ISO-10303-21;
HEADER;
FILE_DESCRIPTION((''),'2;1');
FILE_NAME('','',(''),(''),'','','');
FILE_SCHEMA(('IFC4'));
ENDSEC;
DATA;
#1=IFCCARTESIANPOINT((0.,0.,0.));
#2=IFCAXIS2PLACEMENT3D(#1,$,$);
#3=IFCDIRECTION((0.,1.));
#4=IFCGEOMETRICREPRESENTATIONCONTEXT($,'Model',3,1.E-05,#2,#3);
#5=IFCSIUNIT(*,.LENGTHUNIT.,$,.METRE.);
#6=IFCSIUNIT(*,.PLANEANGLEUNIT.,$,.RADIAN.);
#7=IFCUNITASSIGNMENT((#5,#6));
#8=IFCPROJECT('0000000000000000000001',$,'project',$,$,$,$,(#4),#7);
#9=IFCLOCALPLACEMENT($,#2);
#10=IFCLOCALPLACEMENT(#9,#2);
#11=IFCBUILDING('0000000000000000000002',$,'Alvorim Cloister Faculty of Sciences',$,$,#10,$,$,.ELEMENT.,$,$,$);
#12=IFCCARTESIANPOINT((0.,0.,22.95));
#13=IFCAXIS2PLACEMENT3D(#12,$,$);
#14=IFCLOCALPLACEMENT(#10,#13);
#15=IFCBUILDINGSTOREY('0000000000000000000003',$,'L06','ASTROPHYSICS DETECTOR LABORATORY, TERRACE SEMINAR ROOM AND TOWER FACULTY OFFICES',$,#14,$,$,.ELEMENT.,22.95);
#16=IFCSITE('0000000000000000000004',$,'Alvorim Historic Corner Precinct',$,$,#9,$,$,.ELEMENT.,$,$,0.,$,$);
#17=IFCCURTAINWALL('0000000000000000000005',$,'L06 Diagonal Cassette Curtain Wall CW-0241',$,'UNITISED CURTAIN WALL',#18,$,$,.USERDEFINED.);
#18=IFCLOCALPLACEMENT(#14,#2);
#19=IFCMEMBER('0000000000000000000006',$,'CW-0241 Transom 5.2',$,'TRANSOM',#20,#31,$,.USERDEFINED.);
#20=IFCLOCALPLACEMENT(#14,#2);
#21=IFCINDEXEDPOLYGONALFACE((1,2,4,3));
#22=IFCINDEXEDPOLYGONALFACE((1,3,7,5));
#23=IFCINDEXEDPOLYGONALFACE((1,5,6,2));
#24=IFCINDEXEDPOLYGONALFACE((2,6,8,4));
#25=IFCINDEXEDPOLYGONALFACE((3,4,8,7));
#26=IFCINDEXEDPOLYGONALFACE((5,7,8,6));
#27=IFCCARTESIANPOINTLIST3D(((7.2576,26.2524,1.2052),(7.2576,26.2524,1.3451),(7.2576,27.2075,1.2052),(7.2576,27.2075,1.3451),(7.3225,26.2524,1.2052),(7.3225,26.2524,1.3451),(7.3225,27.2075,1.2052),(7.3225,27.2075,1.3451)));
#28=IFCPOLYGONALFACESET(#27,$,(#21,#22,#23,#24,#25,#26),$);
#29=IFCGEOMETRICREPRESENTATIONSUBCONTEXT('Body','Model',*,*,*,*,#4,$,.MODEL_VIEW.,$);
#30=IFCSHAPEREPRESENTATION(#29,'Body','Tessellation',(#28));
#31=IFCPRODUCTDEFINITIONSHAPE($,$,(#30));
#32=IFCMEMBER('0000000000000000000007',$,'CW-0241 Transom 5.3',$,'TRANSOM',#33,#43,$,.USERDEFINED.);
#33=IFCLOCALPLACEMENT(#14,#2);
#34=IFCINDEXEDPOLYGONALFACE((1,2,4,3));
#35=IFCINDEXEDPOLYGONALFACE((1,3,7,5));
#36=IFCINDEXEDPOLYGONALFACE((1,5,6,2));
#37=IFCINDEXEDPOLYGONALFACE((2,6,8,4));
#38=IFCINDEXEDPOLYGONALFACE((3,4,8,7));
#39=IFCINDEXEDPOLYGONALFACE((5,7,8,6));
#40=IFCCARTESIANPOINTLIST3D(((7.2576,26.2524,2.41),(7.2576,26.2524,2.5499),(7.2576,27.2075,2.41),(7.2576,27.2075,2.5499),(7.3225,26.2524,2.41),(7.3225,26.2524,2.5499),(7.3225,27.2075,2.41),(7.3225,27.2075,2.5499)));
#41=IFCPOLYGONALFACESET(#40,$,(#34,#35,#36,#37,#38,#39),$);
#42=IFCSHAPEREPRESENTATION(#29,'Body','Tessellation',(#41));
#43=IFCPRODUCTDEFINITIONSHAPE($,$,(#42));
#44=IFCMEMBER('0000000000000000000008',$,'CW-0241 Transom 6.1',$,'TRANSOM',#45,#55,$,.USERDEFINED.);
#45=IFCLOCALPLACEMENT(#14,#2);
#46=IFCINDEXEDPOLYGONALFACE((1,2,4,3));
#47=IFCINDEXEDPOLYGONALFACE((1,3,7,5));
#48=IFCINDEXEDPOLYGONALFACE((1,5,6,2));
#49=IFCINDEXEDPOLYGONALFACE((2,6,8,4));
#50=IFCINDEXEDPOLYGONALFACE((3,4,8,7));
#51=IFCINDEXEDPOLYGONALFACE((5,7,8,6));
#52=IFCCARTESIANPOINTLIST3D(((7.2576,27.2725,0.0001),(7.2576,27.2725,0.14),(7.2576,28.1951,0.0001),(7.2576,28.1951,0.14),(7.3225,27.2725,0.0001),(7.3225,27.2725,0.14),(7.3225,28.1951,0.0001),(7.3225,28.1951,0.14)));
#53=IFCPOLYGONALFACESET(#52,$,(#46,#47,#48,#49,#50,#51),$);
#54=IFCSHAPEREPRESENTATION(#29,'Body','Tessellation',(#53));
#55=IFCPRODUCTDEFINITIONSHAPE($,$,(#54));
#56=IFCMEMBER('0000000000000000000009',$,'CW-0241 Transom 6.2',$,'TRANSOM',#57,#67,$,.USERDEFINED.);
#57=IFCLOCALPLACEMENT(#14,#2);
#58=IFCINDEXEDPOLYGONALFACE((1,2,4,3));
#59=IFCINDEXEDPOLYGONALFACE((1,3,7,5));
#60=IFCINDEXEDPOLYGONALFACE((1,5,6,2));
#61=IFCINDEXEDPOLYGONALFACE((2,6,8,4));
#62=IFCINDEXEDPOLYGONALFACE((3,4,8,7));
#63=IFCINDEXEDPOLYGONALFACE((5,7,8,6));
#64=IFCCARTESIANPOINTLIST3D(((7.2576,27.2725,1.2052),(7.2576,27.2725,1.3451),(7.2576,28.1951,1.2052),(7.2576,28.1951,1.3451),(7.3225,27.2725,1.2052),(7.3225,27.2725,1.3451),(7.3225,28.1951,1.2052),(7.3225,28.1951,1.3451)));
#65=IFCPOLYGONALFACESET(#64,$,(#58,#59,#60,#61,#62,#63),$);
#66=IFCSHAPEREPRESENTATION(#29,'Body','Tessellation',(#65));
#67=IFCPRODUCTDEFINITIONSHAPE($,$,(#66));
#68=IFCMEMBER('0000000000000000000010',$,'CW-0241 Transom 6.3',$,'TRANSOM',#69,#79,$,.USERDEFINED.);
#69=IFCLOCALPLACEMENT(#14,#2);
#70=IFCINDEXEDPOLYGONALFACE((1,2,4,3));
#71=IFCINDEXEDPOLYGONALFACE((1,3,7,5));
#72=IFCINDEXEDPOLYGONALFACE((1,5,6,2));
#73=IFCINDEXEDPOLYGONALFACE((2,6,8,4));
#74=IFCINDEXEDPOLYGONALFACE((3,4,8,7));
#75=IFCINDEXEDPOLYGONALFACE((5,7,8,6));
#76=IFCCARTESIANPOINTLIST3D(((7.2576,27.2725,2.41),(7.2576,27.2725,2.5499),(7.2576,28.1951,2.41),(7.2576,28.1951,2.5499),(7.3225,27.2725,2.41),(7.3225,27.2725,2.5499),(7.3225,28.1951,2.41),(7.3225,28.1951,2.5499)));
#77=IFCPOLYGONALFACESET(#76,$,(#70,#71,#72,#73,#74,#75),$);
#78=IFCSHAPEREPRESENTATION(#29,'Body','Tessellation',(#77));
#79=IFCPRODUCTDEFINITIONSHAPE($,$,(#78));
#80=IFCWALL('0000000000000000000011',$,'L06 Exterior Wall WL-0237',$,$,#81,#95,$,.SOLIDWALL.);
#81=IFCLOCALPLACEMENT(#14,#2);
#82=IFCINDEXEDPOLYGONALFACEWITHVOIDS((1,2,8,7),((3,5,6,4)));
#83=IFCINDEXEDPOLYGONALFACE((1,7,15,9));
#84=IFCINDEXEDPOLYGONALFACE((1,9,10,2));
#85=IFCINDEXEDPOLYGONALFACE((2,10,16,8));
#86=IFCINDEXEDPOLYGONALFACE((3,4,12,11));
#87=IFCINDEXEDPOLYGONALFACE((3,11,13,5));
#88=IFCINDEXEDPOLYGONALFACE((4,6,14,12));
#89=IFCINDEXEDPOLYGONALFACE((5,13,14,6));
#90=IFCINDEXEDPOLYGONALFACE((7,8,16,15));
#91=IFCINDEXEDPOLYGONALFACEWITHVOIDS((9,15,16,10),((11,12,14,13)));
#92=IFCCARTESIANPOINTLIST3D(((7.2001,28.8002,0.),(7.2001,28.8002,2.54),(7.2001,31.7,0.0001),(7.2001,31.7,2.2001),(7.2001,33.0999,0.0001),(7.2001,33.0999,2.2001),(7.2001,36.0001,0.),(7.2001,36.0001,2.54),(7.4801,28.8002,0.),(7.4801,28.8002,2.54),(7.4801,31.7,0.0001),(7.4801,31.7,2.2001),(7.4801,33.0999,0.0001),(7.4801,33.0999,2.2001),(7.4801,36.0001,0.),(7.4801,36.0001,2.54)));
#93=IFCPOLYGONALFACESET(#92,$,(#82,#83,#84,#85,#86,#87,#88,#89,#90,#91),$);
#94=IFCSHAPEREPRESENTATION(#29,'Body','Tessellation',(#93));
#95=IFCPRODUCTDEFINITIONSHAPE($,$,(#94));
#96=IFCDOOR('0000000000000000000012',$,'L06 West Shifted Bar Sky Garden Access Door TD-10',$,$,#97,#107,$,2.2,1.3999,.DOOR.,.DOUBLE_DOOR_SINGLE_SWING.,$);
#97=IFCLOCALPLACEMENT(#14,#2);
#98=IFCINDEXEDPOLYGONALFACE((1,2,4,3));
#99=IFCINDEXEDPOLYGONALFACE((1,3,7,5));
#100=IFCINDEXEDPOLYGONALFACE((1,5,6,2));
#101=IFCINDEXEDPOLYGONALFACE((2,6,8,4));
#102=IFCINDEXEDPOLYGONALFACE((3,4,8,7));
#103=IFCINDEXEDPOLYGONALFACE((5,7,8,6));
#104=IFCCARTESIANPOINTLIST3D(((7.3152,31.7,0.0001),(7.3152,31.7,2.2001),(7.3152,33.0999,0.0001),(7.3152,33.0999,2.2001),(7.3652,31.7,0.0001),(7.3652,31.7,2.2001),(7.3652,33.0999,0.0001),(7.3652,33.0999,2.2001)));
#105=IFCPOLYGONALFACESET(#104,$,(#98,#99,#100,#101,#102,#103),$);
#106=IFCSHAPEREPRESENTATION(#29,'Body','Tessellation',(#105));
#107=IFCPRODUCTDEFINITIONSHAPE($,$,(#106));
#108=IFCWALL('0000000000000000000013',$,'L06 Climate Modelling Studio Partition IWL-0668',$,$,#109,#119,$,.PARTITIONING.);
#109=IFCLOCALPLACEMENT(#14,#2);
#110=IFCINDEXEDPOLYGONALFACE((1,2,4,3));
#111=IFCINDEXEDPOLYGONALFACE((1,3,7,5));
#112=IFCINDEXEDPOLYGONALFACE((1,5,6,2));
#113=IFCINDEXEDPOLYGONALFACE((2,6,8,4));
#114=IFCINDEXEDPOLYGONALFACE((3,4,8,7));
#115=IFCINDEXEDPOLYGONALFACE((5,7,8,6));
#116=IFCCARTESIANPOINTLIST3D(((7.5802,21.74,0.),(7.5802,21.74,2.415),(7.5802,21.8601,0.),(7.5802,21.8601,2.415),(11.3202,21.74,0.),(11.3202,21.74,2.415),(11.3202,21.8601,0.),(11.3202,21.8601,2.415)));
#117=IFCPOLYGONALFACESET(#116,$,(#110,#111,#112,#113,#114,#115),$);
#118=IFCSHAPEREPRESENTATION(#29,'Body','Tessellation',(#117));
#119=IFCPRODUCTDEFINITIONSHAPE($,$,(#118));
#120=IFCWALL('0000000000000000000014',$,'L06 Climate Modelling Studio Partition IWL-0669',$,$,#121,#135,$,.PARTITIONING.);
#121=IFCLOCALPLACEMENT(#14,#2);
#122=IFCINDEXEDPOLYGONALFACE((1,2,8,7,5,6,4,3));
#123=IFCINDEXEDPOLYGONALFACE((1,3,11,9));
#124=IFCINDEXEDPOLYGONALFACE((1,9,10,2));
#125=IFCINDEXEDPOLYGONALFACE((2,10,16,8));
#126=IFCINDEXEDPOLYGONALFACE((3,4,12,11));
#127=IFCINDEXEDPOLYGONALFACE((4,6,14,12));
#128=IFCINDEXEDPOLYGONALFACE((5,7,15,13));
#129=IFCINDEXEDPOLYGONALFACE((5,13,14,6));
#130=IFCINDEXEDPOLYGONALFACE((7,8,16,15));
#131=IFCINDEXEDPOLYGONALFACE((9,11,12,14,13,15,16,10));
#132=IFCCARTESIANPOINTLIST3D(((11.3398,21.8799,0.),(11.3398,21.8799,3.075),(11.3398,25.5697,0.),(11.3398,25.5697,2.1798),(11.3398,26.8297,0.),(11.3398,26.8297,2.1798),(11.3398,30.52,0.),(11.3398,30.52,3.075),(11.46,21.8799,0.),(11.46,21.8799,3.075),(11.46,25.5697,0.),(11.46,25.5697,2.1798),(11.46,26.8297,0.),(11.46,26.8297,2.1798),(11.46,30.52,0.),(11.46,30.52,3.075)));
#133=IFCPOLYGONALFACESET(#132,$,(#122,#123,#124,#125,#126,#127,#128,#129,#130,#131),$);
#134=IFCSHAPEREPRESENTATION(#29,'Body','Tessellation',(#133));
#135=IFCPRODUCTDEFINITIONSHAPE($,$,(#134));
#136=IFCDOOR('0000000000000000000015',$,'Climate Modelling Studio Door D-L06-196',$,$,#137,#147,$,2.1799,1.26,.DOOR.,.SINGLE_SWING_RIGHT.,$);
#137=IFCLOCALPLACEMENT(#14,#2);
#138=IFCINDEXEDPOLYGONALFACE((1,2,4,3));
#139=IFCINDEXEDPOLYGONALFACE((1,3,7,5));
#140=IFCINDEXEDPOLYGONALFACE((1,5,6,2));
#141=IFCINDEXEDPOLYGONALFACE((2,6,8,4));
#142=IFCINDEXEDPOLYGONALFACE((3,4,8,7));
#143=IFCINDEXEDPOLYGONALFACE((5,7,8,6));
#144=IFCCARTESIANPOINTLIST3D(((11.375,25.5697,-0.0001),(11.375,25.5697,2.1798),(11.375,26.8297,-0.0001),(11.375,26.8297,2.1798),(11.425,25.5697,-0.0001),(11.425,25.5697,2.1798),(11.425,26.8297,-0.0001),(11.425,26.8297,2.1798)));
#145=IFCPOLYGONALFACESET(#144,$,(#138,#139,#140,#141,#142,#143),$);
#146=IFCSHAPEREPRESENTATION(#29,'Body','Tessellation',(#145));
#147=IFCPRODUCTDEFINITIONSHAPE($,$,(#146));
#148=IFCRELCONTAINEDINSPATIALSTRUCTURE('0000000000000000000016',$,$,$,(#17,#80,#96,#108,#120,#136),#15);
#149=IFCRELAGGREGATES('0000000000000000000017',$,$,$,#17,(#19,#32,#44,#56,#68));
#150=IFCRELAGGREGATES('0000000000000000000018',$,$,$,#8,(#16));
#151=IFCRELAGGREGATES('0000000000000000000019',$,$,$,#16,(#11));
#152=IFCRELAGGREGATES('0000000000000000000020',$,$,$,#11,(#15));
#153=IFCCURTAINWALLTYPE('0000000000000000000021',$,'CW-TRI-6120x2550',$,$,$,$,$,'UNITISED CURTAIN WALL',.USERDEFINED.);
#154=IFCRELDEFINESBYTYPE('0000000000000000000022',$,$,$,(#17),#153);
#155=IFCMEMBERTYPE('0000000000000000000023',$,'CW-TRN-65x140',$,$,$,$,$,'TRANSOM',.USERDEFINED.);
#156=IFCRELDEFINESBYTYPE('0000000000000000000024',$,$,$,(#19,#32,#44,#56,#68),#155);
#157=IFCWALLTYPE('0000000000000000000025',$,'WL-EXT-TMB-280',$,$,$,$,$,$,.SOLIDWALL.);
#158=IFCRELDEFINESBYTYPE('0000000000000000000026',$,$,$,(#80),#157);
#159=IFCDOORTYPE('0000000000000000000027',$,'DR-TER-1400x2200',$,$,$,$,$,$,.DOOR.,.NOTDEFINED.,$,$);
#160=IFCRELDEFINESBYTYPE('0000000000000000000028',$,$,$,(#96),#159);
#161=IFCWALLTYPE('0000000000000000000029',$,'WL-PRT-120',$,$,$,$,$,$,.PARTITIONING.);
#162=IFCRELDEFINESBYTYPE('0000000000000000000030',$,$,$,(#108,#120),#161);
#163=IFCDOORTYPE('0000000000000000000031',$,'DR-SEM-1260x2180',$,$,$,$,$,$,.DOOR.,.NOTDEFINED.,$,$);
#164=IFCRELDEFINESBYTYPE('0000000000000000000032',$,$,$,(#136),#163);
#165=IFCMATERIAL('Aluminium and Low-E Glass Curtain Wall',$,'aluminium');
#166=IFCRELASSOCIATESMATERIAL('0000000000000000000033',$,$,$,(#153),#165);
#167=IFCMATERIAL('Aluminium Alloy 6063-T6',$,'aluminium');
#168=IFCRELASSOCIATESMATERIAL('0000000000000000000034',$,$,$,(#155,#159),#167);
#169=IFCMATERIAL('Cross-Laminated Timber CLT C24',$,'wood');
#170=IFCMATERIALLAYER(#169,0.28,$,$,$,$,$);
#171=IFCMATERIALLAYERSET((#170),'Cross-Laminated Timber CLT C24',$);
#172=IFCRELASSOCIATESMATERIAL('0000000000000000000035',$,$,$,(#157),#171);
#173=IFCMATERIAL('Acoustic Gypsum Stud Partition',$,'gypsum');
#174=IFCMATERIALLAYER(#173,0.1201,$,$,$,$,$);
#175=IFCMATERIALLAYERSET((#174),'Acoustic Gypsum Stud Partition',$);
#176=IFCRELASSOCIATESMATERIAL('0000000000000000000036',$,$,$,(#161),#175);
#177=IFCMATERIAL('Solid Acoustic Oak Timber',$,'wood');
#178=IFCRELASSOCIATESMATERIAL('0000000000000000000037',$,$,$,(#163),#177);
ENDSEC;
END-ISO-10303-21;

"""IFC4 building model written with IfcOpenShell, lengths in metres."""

from ifc_helpers import new_model, si_unit, direction, frame, frame_2d, origin, origin_2d, place, context, subcontext, project, spatial, rectangle, extrude, material, layer, layer_set, material_profile, profile_set, type_object, element, fill, aggregate, save


model = new_model("IFC4")

# Units and contexts
model_context = context("Model", 3, precision=1e-05, world=origin(), true_north=direction((0.0, 1.0)))
body_context = subcontext(model_context, "Body", "Model", "MODEL_VIEW")
ifc_project = project(units=[si_unit("LENGTHUNIT", "METRE"), si_unit("PLANEANGLEUNIT", "RADIAN")], contexts=[model_context])

# Site, building, storey
site_placement = place(None, origin())
site = spatial("IfcSite", under=ifc_project, at=site_placement, Name="Alvorim Historic Corner Precinct", CompositionType="ELEMENT", RefElevation=0.0)
building_placement = place(site_placement, origin())
building = spatial("IfcBuilding", under=site, at=building_placement, Name="Alvorim Cloister Faculty of Sciences", CompositionType="ELEMENT")
storey_placement = place(building_placement, frame((0.0, 0.0, 22.95)))
storey = spatial("IfcBuildingStorey", under=building, at=storey_placement, Name="L06", Description="ASTROPHYSICS DETECTOR LABORATORY, TERRACE SEMINAR ROOM AND TOWER FACULTY OFFICES", CompositionType="ELEMENT", Elevation=22.95)

# Curtain wall, members
ifc_material_1 = material(Name="Aluminium and Low-E Glass Curtain Wall", Category="aluminium")
curtain_wall_type = type_object("IfcCurtainWallType", Name="CW-TRI-6120x2550", ElementType="UNITISED CURTAIN WALL", PredefinedType="USERDEFINED", material=ifc_material_1)
curtain_wall_placement = place(storey_placement, origin())
curtain_wall = element("IfcCurtainWall", 1, at=curtain_wall_placement, inside=storey, type_object=curtain_wall_type, Name="L06 Diagonal Cassette Curtain Wall CW-0241", ObjectType="UNITISED CURTAIN WALL", PredefinedType="USERDEFINED")
ifc_material_2 = material(Name="Aluminium Alloy 6063-T6", Category="aluminium")
ifc_material_profile_1 = material_profile(ifc_material_2, rectangle(XDim=0.0649, YDim=0.1399, at=origin_2d()), Name="ALU-TRN-65x140")
ifc_profile_set_1 = profile_set([ifc_material_profile_1], Name="Aluminium Alloy 6063-T6")
member_type_1 = type_object("IfcMemberType", Name="CW-TRN-65x140", ElementType="TRANSOM", PredefinedType="USERDEFINED", material=ifc_profile_set_1)
member_1_placement = place(storey_placement, frame((7.29, 26.2524, 1.2751), z_axis=(0.0, 1.0, 0.0), x_axis=(-1.0, 0.0, 0.0)))
member_1 = element("IfcMember", 2, at=member_1_placement, type_object=member_type_1, Name="CW-0241 Transom 5.2", ObjectType="TRANSOM", PredefinedType="USERDEFINED", context=body_context, shape_type="SweptSolid", body=[
    extrude(rectangle(XDim=0.0649, YDim=0.1399, at=origin_2d()), origin(), (0.0, 0.0, 1.0), 0.9551),
])
member_2_placement = place(storey_placement, frame((7.29, 26.2524, 2.48), z_axis=(0.0, 1.0, 0.0), x_axis=(-1.0, 0.0, 0.0)))
member_2 = element("IfcMember", 3, at=member_2_placement, type_object=member_type_1, Name="CW-0241 Transom 5.3", ObjectType="TRANSOM", PredefinedType="USERDEFINED", context=body_context, shape_type="SweptSolid", body=[
    extrude(rectangle(XDim=0.0649, YDim=0.1399, at=origin_2d()), origin(), (0.0, 0.0, 1.0), 0.9551),
])
member_3_placement = place(storey_placement, frame((7.29, 27.2725, 0.0701), z_axis=(0.0, 1.0, 0.0), x_axis=(-1.0, 0.0, 0.0)))
member_3 = element("IfcMember", 4, at=member_3_placement, type_object=member_type_1, Name="CW-0241 Transom 6.1", ObjectType="TRANSOM", PredefinedType="USERDEFINED", context=body_context, shape_type="SweptSolid", body=[
    extrude(rectangle(XDim=0.0649, YDim=0.1399, at=origin_2d()), origin(), (0.0, 0.0, 1.0), 0.9226),
])
member_4_placement = place(storey_placement, frame((7.29, 27.2725, 1.2751), z_axis=(0.0, 1.0, 0.0), x_axis=(-1.0, 0.0, 0.0)))
member_4 = element("IfcMember", 5, at=member_4_placement, type_object=member_type_1, Name="CW-0241 Transom 6.2", ObjectType="TRANSOM", PredefinedType="USERDEFINED", context=body_context, shape_type="SweptSolid", body=[
    extrude(rectangle(XDim=0.0649, YDim=0.1399, at=origin_2d()), origin(), (0.0, 0.0, 1.0), 0.9226),
])
member_5_placement = place(storey_placement, frame((7.29, 27.2725, 2.48), z_axis=(0.0, 1.0, 0.0), x_axis=(-1.0, 0.0, 0.0)))
member_5 = element("IfcMember", 6, at=member_5_placement, type_object=member_type_1, Name="CW-0241 Transom 6.3", ObjectType="TRANSOM", PredefinedType="USERDEFINED", context=body_context, shape_type="SweptSolid", body=[
    extrude(rectangle(XDim=0.0649, YDim=0.1399, at=origin_2d()), origin(), (0.0, 0.0, 1.0), 0.9226),
])
aggregate(curtain_wall, [member_1, member_2, member_3, member_4, member_5])

# Wall, opening, door
ifc_material_3 = material(Name="Cross-Laminated Timber CLT C24", Category="wood")
ifc_layer_1 = layer(ifc_material_3, 0.28)
ifc_layer_set_1 = layer_set([ifc_layer_1], Name="Cross-Laminated Timber CLT C24")
wall_type_1 = type_object("IfcWallType", Name="WL-EXT-TMB-280", PredefinedType="SOLIDWALL", material=ifc_layer_set_1)
wall_1_placement = place(storey_placement, frame((7.3401, 28.8, 0.0), z_axis=(0.0, 0.0, 1.0), x_axis=(0.0, 1.0, 0.0)))
wall_1 = element("IfcWall", 7, at=wall_1_placement, inside=storey, type_object=wall_type_1, Name="L06 Exterior Wall WL-0237", PredefinedType="SOLIDWALL", context=body_context, shape_type="SweptSolid", body=[
    extrude(rectangle(XDim=7.2, YDim=0.28, at=frame_2d((3.6001, 0.0))), origin(), (0.0, 0.0, 1.0), 2.54),
])
opening_1_placement = place(wall_1_placement, frame((2.8999, 0.0, 0.0)))
opening_1 = element("IfcOpeningElement", 8, at=opening_1_placement, cuts=wall_1, PredefinedType="OPENING", context=body_context, shape_type="SweptSolid", body=[
    extrude(rectangle(XDim=1.3999, YDim=2.2, at=frame_2d((0.7, 1.1001))), frame((0.0, 0.1519, 0.0), z_axis=(0.0, -1.0, 0.0), x_axis=(1.0, 0.0, 0.0)), (0.0, 0.0, 1.0), 0.304),
])
door_type_1 = type_object("IfcDoorType", Name="DR-TER-1400x2200", OperationType="NOTDEFINED", PredefinedType="DOOR", material=ifc_material_2)
door_1_placement = place(opening_1_placement, origin())
door_1 = element("IfcDoor", 9, at=door_1_placement, inside=storey, type_object=door_type_1, Name="L06 West Shifted Bar Sky Garden Access Door TD-10", OperationType="DOUBLE_DOOR_SINGLE_SWING", OverallHeight=2.2, OverallWidth=1.3999, PredefinedType="DOOR", context=body_context, shape_type="SweptSolid", body=[
    extrude(rectangle(XDim=1.3999, YDim=2.2, at=frame_2d((0.7, 1.1001))), frame((0.0, 0.0249, 0.0), z_axis=(0.0, -1.0, 0.0), x_axis=(1.0, 0.0, 0.0)), (0.0, 0.0, 1.0), 0.05),
])
fill(opening_1, door_1)

# Wall
ifc_material_4 = material(Name="Acoustic Gypsum Stud Partition", Category="gypsum")
ifc_layer_2 = layer(ifc_material_4, 0.1201)
ifc_layer_set_2 = layer_set([ifc_layer_2], Name="Acoustic Gypsum Stud Partition")
wall_type_2 = type_object("IfcWallType", Name="WL-PRT-120", PredefinedType="PARTITIONING", material=ifc_layer_set_2)
wall_2_placement = place(storey_placement, frame((7.5801, 21.8, 0.0), z_axis=(0.0, 0.0, 1.0), x_axis=(1.0, 0.0, 0.0)))
element("IfcWall", 10, at=wall_2_placement, inside=storey, type_object=wall_type_2, Name="L06 Climate Modelling Studio Partition IWL-0668", PredefinedType="PARTITIONING", context=body_context, shape_type="SweptSolid", body=[
    extrude(rectangle(XDim=3.74, YDim=0.1201, at=frame_2d((1.8701, 0.0))), origin(), (0.0, 0.0, 1.0), 2.415),
])

# Wall, opening, door
wall_3_placement = place(storey_placement, frame((11.3999, 21.8799, 0.0), z_axis=(0.0, 0.0, 1.0), x_axis=(0.0, 1.0, 0.0)))
wall_3 = element("IfcWall", 11, at=wall_3_placement, inside=storey, type_object=wall_type_2, Name="L06 Climate Modelling Studio Partition IWL-0669", PredefinedType="PARTITIONING", context=body_context, shape_type="SweptSolid", body=[
    extrude(rectangle(XDim=8.6401, YDim=0.1201, at=frame_2d((4.3201, 0.0))), origin(), (0.0, 0.0, 1.0), 3.075),
])
opening_2_placement = place(wall_3_placement, frame((3.6899, 0.0, 0.0)))
opening_2 = element("IfcOpeningElement", 12, at=opening_2_placement, cuts=wall_3, PredefinedType="OPENING", context=body_context, shape_type="SweptSolid", body=[
    extrude(rectangle(XDim=1.26, YDim=2.1799, at=frame_2d((0.6299, 1.0898))), frame((0.0, 0.072, 0.0), z_axis=(0.0, -1.0, 0.0), x_axis=(1.0, 0.0, 0.0)), (0.0, 0.0, 1.0), 0.144),
])
ifc_material_5 = material(Name="Solid Acoustic Oak Timber", Category="wood")
door_type_2 = type_object("IfcDoorType", Name="DR-SEM-1260x2180", OperationType="NOTDEFINED", PredefinedType="DOOR", material=ifc_material_5)
door_2_placement = place(opening_2_placement, origin())
door_2 = element("IfcDoor", 13, at=door_2_placement, inside=storey, type_object=door_type_2, Name="Climate Modelling Studio Door D-L06-196", OperationType="SINGLE_SWING_RIGHT", OverallHeight=2.1799, OverallWidth=1.26, PredefinedType="DOOR", context=body_context, shape_type="SweptSolid", body=[
    extrude(rectangle(XDim=1.26, YDim=2.1799, at=frame_2d((0.6299, 1.0898))), frame((0.0, 0.0249, 0.0), z_axis=(0.0, -1.0, 0.0), x_axis=(1.0, 0.0, 0.0)), (0.0, 0.0, 1.0), 0.05),
])
fill(opening_2, door_2)

save(model, "model.ifc")
